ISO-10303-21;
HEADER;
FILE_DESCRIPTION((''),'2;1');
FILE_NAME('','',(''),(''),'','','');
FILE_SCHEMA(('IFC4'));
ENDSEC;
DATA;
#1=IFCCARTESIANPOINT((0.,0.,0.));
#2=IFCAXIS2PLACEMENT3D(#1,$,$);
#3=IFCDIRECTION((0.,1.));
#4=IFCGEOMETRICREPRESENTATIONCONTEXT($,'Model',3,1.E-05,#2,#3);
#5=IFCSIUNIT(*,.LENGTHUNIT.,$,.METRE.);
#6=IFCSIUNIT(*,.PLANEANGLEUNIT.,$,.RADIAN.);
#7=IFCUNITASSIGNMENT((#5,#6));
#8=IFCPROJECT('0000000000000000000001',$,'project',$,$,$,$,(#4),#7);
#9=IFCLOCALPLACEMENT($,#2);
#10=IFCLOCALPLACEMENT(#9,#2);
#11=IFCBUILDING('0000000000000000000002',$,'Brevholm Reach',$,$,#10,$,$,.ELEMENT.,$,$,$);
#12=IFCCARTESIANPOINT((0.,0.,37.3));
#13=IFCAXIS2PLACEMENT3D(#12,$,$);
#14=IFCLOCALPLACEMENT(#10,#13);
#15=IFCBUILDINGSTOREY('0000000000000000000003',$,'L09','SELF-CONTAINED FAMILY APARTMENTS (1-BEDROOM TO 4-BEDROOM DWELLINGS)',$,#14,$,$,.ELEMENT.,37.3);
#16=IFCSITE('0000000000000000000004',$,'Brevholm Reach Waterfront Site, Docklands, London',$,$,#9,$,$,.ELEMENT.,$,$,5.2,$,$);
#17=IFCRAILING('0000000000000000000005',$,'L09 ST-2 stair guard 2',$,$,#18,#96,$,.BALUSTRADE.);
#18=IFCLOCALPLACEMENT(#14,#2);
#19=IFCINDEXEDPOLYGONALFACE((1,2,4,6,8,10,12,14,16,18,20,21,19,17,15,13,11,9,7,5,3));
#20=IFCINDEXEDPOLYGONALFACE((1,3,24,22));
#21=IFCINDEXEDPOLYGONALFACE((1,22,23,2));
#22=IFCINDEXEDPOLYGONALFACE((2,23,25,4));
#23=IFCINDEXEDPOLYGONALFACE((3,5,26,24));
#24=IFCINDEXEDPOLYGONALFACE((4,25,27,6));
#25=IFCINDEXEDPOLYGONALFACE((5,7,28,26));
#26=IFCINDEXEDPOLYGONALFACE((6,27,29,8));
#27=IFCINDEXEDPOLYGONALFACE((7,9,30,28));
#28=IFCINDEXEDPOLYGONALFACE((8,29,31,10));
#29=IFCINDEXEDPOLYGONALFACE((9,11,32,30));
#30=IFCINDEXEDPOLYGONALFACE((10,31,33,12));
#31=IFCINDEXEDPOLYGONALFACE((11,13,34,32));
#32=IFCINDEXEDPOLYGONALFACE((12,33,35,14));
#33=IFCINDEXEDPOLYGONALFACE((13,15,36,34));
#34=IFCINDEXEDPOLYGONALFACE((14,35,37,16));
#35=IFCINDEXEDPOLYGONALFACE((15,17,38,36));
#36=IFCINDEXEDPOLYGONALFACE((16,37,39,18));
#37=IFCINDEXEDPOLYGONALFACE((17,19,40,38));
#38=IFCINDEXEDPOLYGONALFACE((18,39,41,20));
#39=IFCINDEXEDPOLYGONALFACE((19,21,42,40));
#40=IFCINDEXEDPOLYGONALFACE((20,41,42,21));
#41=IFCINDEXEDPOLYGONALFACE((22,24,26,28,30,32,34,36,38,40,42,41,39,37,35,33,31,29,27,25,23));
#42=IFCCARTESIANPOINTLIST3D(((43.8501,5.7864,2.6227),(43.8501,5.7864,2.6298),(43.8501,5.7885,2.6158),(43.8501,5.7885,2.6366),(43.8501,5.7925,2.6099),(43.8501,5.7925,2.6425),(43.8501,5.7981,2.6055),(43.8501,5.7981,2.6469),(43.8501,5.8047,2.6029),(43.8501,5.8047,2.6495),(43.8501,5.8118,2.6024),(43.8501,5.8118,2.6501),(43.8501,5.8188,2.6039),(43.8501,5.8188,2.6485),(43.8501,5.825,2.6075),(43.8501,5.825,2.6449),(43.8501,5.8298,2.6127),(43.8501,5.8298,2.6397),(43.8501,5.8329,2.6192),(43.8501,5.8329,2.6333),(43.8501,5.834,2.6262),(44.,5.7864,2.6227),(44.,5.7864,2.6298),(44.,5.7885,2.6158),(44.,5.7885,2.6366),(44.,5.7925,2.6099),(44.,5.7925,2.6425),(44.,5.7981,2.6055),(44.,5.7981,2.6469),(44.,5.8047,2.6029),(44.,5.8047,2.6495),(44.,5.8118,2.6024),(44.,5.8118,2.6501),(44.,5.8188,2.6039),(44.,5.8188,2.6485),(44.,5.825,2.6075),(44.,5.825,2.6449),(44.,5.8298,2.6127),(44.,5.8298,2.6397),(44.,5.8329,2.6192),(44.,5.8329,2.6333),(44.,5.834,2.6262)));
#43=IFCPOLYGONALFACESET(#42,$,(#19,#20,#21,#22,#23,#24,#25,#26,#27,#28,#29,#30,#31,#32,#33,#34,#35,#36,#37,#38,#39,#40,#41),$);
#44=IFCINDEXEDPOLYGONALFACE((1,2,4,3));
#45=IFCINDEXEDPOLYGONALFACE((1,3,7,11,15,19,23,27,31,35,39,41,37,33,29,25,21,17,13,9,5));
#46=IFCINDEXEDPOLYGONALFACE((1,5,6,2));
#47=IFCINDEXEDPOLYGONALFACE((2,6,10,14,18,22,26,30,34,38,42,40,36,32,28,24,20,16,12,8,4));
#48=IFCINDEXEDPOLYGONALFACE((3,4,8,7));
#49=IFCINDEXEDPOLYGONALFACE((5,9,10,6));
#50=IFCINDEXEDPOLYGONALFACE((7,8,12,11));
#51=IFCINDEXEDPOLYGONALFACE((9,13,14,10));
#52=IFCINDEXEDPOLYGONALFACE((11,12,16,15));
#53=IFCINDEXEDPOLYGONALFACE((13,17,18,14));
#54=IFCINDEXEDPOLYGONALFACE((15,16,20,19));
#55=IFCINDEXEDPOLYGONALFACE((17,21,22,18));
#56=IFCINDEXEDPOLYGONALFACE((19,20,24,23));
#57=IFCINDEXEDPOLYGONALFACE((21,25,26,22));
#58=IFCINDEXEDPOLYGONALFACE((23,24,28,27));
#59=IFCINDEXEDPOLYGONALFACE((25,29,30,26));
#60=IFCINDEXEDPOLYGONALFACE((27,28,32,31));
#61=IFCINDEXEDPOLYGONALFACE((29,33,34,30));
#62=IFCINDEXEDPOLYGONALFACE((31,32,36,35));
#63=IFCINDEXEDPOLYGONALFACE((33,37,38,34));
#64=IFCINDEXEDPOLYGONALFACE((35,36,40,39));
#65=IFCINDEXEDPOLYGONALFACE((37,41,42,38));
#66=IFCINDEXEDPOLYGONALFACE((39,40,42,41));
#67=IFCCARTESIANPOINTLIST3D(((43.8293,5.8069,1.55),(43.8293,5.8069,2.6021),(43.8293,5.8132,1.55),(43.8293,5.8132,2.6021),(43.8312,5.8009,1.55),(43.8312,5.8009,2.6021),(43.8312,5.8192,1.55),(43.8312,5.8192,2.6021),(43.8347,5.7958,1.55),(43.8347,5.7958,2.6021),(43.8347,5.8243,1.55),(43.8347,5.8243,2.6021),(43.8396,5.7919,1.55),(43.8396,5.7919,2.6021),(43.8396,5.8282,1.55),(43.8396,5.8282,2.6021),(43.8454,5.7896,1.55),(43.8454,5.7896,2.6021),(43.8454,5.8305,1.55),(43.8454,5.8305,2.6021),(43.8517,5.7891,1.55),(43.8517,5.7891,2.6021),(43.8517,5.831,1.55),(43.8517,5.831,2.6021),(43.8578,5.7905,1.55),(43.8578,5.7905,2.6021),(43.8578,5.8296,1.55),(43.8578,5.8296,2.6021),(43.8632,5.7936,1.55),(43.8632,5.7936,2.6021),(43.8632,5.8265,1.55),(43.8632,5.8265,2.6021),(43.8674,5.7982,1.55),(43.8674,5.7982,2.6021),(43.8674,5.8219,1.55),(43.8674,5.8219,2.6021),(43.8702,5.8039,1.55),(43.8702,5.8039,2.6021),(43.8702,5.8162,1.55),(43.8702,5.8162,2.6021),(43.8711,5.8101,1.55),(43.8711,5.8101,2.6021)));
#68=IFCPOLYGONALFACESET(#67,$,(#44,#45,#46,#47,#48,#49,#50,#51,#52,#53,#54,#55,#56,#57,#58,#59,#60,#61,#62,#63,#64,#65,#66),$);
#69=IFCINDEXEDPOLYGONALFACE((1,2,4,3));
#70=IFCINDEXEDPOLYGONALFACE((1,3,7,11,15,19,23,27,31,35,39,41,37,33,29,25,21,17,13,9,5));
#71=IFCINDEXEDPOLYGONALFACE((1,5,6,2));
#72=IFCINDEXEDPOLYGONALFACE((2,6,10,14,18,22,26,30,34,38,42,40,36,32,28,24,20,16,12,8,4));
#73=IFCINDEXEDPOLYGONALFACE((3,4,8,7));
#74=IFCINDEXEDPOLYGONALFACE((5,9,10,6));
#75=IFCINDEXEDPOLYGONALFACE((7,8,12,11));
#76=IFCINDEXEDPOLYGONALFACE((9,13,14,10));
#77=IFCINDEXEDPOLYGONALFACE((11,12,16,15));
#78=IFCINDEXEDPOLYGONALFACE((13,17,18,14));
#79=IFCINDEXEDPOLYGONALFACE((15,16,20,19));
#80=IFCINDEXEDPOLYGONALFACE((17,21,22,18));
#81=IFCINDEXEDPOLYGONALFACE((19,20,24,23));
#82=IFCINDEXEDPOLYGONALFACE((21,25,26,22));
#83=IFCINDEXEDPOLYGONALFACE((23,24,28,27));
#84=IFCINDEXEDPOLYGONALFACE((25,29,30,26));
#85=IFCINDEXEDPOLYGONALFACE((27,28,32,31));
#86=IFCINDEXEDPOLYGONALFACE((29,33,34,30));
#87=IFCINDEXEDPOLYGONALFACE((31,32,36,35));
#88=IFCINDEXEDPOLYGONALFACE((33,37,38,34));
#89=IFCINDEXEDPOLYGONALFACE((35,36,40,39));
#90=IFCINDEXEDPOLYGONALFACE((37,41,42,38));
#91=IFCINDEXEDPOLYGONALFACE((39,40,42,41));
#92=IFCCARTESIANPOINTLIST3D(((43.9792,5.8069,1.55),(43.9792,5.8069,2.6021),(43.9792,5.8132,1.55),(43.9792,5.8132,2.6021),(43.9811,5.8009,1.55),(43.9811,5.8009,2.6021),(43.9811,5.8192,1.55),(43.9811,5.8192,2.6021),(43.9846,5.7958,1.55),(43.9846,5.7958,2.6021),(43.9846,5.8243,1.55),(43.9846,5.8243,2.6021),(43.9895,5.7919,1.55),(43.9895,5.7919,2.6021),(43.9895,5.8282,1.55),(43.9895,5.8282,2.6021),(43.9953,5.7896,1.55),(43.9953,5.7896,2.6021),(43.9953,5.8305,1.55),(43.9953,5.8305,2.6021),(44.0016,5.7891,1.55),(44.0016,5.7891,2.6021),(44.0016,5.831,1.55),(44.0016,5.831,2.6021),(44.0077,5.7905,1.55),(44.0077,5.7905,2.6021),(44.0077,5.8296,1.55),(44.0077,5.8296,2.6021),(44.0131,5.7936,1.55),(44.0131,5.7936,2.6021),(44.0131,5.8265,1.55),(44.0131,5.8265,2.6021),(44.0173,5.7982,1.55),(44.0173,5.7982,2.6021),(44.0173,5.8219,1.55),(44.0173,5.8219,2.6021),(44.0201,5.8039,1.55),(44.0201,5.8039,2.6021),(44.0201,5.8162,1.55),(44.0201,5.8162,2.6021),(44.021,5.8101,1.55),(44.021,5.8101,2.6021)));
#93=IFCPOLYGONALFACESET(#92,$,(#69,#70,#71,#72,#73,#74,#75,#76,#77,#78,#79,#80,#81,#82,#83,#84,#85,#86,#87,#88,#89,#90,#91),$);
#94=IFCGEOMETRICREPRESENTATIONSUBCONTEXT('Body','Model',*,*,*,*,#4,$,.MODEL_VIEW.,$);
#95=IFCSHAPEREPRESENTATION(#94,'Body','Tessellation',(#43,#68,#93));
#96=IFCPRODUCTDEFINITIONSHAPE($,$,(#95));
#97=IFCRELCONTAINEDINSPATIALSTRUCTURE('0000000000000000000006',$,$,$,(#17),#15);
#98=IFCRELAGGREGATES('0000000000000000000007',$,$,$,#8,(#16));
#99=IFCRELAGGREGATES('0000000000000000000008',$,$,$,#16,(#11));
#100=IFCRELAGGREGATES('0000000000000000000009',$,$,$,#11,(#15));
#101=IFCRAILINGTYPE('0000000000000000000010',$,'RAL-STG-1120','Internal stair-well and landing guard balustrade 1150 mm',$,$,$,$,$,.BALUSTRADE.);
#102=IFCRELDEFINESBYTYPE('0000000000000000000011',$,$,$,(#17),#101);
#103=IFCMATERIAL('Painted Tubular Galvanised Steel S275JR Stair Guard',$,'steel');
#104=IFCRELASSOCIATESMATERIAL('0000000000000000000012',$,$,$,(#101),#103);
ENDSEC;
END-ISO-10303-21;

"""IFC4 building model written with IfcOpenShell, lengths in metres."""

from ifc_helpers import new_model, si_unit, direction, frame, origin, origin_2d, place, context, subcontext, project, spatial, circle, extrude, material, type_object, element, save


model = new_model("IFC4")

# Units and contexts
model_context = context("Model", 3, precision=1e-05, world=origin(), true_north=direction((0.0, 1.0)))
body_context = subcontext(model_context, "Body", "Model", "MODEL_VIEW")
ifc_project = project(units=[si_unit("LENGTHUNIT", "METRE"), si_unit("PLANEANGLEUNIT", "RADIAN")], contexts=[model_context])

# Site, building, storey
site_placement = place(None, origin())
site = spatial("IfcSite", under=ifc_project, at=site_placement, Name="Brevholm Reach Waterfront Site, Docklands, London", CompositionType="ELEMENT", RefElevation=5.2)
building_placement = place(site_placement, origin())
building = spatial("IfcBuilding", under=site, at=building_placement, Name="Brevholm Reach", CompositionType="ELEMENT")
storey_placement = place(building_placement, frame((0.0, 0.0, 37.3)))
storey = spatial("IfcBuildingStorey", under=building, at=storey_placement, Name="L09", Description="SELF-CONTAINED FAMILY APARTMENTS (1-BEDROOM TO 4-BEDROOM DWELLINGS)", CompositionType="ELEMENT", Elevation=37.3)

# Railing
ifc_material_1 = material(Name="Painted Tubular Galvanised Steel S275JR Stair Guard", Category="steel")
railing_type_1 = type_object("IfcRailingType", Name="RAL-STG-1120", Description="Internal stair-well and landing guard balustrade 1150 mm", PredefinedType="BALUSTRADE", material=ifc_material_1)
railing_1_placement = place(storey_placement, frame((43.8501, 5.8101, 1.55)))
element("IfcRailing", 1, at=railing_1_placement, inside=storey, type_object=railing_type_1, Name="L09 ST-2 stair guard 2", PredefinedType="BALUSTRADE", context=body_context, shape_type="SweptSolid", body=[
    extrude(circle(Radius=0.0239, at=origin_2d()), frame((0.0, 0.0, 1.0762), z_axis=(1.0, 0.0, 0.0), x_axis=(0.0, 1.0, 0.0)), (0.0, 0.0, 1.0), 0.1499),
    extrude(circle(Radius=0.021, at=origin_2d()), origin(), (0.0, 0.0, 1.0), 1.052),
    extrude(circle(Radius=0.021, at=origin_2d()), frame((0.1499, 0.0, 0.0)), (0.0, 0.0, 1.0), 1.052),
])

save(model, "model.ifc")
